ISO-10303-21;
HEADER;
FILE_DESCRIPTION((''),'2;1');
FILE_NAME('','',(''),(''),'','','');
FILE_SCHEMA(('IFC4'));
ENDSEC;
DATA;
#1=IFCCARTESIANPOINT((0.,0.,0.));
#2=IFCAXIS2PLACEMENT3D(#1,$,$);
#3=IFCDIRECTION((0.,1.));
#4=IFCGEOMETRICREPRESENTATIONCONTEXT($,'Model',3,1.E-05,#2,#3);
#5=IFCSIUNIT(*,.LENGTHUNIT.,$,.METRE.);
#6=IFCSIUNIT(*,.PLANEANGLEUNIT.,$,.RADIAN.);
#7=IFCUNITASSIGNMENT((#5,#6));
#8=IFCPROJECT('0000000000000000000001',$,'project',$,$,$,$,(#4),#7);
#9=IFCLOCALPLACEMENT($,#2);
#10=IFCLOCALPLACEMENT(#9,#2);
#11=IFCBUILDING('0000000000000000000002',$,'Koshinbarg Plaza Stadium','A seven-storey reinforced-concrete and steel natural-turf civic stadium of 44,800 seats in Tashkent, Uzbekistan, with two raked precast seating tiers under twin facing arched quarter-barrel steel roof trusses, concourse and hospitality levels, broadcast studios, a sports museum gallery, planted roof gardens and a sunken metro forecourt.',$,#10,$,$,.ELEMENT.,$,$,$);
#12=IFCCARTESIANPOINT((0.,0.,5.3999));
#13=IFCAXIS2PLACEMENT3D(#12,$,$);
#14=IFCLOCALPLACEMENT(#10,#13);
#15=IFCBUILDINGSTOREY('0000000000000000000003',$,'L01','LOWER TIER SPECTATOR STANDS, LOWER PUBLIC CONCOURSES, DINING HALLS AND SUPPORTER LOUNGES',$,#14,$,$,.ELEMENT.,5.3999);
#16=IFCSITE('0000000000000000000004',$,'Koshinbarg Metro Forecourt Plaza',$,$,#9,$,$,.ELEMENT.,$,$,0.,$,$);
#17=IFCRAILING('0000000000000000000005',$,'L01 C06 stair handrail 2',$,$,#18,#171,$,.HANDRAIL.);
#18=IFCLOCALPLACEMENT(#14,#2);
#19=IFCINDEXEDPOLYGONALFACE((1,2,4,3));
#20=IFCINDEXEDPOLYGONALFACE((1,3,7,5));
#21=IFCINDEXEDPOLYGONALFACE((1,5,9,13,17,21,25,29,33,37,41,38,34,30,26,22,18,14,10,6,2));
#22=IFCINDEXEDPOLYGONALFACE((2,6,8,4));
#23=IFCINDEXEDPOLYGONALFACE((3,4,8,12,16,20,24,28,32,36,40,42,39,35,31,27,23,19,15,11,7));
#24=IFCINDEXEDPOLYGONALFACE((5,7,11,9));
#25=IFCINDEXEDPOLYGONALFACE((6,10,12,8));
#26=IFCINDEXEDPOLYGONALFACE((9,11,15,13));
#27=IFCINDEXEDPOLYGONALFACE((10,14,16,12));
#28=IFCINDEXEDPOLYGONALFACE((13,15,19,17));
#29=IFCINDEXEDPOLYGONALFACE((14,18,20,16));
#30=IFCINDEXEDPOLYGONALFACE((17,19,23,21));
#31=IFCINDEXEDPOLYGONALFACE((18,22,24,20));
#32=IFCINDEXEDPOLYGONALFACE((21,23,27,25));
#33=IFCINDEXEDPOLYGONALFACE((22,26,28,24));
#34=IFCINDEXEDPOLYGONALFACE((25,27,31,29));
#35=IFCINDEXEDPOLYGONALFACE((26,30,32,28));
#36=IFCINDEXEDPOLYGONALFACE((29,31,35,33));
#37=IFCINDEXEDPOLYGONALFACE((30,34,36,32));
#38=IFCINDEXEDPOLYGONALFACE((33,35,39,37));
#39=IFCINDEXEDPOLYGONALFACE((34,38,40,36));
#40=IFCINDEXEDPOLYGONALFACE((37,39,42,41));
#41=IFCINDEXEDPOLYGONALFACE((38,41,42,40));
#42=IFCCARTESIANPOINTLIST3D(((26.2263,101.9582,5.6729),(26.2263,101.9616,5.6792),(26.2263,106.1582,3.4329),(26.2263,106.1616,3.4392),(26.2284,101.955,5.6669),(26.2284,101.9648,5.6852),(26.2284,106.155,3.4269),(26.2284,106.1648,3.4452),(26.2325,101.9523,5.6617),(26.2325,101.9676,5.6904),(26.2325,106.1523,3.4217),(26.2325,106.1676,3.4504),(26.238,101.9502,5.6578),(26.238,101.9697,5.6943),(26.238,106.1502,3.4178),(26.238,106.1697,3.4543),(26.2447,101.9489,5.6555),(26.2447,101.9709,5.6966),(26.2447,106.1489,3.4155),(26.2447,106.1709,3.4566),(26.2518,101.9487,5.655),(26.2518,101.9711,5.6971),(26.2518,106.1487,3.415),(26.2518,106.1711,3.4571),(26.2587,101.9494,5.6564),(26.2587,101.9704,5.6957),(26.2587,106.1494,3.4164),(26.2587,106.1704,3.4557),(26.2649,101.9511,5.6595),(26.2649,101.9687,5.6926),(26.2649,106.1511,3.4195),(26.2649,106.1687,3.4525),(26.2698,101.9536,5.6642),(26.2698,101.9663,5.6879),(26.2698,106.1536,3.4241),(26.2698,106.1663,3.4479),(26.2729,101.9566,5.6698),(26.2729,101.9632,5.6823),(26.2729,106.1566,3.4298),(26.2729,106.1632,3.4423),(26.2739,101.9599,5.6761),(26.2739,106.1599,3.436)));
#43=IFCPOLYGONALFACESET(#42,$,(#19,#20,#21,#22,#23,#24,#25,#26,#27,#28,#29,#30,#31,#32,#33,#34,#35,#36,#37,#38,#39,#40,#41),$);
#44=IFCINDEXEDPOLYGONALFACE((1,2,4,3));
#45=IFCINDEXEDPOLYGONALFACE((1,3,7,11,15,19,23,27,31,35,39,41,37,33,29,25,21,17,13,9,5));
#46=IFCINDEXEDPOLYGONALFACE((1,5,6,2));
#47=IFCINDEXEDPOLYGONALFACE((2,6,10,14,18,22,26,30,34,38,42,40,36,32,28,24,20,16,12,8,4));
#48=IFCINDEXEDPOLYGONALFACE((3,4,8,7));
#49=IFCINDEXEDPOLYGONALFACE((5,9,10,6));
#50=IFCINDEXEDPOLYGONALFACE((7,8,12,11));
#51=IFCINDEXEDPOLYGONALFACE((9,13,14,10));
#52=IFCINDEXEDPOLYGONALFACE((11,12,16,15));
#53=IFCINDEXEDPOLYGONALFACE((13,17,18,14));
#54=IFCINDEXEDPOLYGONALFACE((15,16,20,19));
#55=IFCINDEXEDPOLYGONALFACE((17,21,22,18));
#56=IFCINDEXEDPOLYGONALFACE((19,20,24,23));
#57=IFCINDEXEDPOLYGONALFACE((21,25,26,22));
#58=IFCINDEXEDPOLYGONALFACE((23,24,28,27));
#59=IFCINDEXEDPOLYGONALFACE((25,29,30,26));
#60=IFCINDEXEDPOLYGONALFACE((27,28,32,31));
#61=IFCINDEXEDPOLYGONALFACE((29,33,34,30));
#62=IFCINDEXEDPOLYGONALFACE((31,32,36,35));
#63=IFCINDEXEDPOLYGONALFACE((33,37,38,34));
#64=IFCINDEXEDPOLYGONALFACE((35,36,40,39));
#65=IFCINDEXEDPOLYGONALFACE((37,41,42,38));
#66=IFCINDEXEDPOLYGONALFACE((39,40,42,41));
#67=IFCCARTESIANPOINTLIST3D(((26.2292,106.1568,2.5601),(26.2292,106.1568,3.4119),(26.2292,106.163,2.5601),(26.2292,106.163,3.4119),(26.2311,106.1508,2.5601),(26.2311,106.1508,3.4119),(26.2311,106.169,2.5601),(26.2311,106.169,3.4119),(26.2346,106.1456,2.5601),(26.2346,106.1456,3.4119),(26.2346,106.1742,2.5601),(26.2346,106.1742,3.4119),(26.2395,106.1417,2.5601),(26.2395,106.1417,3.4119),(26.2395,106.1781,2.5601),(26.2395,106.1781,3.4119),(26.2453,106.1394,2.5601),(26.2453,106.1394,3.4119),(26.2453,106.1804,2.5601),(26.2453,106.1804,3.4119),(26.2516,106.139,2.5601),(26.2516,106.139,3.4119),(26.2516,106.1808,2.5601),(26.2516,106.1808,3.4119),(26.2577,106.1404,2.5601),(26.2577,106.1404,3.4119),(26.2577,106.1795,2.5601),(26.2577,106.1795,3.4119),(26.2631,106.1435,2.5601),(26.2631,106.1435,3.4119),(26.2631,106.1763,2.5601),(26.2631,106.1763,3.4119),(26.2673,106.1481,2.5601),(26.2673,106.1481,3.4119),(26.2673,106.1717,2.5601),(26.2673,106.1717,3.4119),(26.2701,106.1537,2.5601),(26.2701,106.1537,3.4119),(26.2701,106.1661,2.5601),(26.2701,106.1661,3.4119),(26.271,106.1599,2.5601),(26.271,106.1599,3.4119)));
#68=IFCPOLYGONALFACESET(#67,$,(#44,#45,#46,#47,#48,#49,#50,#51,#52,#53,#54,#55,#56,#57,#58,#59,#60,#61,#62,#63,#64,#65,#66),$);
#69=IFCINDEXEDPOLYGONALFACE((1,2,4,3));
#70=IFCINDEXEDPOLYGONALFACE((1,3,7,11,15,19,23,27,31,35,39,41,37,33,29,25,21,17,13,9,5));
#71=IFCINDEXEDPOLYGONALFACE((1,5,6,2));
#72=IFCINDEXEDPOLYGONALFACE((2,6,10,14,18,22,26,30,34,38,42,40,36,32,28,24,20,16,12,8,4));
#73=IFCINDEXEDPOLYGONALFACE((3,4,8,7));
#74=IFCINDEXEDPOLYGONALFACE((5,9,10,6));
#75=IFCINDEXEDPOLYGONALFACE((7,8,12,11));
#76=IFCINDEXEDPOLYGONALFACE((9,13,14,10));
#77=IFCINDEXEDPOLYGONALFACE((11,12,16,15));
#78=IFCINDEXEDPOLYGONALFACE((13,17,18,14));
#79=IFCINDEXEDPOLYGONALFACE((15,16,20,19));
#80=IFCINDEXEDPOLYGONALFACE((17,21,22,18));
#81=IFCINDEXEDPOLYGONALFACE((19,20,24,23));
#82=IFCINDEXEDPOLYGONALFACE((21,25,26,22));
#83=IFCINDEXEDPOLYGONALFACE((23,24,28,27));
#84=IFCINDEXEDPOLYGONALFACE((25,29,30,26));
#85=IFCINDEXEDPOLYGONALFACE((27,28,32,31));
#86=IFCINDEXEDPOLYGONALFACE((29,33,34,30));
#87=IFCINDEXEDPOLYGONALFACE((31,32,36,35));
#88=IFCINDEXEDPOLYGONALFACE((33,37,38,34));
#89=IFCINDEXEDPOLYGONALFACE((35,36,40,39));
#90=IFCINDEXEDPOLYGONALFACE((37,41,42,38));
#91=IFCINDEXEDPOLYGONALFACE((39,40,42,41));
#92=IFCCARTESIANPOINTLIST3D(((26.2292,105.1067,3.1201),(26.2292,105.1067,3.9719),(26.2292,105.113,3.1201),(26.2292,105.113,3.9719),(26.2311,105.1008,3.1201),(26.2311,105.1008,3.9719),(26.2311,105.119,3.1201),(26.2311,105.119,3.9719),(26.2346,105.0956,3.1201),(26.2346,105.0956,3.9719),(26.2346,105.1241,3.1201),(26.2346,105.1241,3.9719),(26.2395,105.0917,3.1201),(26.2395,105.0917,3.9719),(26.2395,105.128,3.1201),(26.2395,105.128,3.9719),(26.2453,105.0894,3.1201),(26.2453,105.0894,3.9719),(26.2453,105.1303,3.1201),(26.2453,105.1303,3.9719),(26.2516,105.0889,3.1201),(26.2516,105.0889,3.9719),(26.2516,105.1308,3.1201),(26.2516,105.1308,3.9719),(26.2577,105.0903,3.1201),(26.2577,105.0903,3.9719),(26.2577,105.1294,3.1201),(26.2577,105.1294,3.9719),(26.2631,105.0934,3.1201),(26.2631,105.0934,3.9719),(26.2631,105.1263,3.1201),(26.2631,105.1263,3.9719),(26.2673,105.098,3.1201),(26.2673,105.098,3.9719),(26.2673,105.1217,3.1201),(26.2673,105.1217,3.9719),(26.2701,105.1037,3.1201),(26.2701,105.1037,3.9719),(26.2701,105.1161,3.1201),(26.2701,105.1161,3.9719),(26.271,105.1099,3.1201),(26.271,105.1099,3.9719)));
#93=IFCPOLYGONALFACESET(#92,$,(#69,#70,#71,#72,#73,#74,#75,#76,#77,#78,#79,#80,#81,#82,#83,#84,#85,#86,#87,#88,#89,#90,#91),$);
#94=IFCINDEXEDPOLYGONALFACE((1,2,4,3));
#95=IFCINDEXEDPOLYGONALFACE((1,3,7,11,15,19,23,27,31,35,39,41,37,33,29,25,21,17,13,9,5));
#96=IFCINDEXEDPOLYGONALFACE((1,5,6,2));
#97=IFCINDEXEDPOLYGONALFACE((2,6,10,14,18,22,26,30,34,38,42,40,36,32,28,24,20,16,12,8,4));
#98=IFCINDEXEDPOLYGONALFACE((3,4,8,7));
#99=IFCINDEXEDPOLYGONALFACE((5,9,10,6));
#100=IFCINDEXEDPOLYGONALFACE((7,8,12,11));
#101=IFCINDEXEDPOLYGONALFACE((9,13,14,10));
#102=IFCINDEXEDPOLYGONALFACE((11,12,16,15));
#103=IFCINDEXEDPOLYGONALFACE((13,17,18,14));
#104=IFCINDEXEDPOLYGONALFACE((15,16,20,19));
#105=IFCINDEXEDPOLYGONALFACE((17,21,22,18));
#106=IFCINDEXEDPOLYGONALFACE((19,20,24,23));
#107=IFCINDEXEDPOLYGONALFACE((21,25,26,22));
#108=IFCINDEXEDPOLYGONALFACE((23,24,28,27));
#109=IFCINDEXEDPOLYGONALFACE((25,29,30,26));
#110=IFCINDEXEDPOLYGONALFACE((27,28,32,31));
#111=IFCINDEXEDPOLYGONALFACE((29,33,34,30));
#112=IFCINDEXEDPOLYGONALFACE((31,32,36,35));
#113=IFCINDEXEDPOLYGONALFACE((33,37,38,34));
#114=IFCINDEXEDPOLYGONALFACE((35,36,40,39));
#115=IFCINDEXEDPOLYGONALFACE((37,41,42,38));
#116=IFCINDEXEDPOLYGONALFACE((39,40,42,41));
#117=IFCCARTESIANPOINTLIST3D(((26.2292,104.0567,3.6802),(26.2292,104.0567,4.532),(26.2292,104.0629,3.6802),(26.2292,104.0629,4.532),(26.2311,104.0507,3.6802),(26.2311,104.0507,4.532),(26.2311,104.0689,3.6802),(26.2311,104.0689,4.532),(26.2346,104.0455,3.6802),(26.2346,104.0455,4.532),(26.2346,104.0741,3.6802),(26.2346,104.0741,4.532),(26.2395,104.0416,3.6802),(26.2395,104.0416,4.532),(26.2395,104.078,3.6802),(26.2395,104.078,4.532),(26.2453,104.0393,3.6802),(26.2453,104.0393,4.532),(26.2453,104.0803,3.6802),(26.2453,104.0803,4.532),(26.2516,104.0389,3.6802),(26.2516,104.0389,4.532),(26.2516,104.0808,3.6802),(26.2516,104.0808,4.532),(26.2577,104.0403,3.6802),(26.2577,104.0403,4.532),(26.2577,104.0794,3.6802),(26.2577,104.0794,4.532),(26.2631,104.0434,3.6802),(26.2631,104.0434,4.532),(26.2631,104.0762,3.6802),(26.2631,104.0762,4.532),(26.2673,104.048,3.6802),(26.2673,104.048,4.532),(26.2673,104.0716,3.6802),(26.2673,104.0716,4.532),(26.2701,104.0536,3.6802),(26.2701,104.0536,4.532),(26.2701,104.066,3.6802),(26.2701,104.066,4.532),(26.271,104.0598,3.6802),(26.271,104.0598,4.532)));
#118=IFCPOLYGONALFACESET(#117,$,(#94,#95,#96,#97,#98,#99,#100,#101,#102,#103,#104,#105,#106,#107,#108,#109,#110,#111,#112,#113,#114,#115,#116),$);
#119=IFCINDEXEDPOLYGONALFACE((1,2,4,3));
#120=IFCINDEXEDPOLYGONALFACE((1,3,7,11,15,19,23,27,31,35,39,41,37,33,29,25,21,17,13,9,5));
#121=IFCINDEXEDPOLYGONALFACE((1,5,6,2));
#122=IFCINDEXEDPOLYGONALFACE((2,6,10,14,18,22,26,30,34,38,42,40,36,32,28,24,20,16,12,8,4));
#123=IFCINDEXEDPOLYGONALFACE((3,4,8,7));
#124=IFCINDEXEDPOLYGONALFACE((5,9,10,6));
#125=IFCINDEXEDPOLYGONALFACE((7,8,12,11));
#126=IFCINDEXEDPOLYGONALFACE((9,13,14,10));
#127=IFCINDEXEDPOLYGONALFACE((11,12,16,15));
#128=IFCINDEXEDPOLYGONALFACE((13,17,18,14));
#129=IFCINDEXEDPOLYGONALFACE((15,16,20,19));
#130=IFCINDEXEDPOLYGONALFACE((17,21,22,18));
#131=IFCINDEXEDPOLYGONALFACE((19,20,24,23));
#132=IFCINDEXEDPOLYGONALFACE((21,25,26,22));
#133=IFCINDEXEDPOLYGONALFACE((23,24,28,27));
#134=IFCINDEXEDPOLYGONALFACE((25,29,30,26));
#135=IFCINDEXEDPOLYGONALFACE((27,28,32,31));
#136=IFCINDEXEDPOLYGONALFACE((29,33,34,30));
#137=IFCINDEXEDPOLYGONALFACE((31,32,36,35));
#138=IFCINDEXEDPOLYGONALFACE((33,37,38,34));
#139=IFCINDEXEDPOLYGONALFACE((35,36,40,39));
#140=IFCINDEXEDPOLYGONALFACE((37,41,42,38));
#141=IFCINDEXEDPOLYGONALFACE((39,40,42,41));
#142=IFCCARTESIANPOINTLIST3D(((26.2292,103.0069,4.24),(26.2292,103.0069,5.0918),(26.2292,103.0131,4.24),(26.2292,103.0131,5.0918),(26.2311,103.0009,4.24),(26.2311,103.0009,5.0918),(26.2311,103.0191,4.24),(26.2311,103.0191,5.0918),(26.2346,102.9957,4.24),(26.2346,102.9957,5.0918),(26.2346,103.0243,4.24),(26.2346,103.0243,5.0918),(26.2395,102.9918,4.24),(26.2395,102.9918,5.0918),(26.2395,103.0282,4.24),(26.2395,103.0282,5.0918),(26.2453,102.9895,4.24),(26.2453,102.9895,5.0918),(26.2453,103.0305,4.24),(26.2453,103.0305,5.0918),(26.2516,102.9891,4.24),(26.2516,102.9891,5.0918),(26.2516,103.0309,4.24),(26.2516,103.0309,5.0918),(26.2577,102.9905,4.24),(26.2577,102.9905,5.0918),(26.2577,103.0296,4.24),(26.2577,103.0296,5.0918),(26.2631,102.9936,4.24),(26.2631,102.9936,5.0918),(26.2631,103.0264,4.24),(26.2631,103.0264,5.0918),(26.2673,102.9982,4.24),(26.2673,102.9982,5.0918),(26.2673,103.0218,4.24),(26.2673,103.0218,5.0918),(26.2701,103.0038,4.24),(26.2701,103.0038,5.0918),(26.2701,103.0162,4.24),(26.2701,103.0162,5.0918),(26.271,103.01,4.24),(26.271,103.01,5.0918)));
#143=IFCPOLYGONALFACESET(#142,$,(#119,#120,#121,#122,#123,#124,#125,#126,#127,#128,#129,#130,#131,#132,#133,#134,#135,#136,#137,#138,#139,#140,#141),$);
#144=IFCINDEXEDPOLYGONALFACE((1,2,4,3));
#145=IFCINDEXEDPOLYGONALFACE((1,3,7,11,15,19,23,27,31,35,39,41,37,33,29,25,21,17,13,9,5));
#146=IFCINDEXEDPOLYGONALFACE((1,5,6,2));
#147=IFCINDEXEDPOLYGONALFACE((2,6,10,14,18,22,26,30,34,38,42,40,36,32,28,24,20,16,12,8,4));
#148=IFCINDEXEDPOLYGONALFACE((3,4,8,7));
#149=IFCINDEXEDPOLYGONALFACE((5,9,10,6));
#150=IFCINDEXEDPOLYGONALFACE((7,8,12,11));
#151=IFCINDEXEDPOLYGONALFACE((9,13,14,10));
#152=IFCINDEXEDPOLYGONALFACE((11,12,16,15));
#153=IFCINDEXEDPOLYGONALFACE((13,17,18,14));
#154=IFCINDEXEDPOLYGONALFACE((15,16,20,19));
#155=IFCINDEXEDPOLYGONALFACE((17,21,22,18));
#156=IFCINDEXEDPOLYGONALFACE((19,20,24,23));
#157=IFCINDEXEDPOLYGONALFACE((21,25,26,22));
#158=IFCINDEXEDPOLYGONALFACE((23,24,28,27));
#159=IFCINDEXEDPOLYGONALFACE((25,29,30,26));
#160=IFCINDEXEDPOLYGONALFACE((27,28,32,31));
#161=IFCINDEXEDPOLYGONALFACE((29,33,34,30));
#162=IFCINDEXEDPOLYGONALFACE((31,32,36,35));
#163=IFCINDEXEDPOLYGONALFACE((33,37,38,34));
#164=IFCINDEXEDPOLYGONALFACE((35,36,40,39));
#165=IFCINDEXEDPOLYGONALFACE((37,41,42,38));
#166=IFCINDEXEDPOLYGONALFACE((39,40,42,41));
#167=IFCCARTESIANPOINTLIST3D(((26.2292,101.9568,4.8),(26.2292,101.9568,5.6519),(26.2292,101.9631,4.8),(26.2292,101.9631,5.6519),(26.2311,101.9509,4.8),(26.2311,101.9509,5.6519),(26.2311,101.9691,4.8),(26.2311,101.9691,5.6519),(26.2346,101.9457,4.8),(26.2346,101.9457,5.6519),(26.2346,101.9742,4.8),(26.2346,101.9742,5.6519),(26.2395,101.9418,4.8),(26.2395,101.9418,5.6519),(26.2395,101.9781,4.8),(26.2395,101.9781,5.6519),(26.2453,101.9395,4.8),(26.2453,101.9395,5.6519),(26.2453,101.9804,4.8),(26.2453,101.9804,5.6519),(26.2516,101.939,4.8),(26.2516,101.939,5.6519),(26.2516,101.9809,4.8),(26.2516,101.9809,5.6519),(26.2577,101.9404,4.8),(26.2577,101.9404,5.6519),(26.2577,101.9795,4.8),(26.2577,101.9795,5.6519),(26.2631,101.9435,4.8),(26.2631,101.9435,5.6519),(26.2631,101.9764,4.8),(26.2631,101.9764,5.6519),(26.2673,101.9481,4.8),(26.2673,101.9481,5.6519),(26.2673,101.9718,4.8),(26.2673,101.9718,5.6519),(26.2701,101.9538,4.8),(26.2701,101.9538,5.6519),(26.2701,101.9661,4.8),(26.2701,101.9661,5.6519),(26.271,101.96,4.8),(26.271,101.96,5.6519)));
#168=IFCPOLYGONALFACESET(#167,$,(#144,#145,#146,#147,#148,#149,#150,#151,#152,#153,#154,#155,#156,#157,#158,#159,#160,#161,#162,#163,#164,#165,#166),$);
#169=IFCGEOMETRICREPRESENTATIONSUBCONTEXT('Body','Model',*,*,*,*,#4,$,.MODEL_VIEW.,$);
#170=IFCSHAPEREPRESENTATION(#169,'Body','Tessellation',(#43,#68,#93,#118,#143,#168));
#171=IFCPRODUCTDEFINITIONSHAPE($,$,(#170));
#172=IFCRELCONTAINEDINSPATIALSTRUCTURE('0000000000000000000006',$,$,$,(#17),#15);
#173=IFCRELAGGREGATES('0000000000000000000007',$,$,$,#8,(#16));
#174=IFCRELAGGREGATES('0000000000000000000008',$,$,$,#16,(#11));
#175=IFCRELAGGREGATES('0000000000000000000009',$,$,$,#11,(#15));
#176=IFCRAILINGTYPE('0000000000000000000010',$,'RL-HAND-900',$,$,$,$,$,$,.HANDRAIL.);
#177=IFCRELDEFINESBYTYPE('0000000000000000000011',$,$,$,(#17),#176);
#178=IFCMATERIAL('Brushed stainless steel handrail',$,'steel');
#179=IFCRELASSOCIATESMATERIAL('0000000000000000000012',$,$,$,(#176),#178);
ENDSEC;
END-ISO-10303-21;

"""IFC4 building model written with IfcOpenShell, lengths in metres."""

from ifc_helpers import new_model, si_unit, direction, frame, origin, origin_2d, place, context, subcontext, project, spatial, circle, extrude, material, type_object, element, save


model = new_model("IFC4")

# Units and contexts
model_context = context("Model", 3, precision=1e-05, world=origin(), true_north=direction((0.0, 1.0)))
body_context = subcontext(model_context, "Body", "Model", "MODEL_VIEW")
ifc_project = project(units=[si_unit("LENGTHUNIT", "METRE"), si_unit("PLANEANGLEUNIT", "RADIAN")], contexts=[model_context])

# Site, building, storey
site_placement = place(None, origin())
site = spatial("IfcSite", under=ifc_project, at=site_placement, Name="Koshinbarg Metro Forecourt Plaza", CompositionType="ELEMENT", RefElevation=0.0)
building_placement = place(site_placement, origin())
building = spatial("IfcBuilding", under=site, at=building_placement, Name="Koshinbarg Plaza Stadium", Description="A seven-storey reinforced-concrete and steel natural-turf civic stadium of 44,800 seats in Tashkent, Uzbekistan, with two raked precast seating tiers under twin facing arched quarter-barrel steel roof trusses, concourse and hospitality levels, broadcast studios, a sports museum gallery, planted roof gardens and a sunken metro forecourt.", CompositionType="ELEMENT")
storey_placement = place(building_placement, frame((0.0, 0.0, 5.3999)))
storey = spatial("IfcBuildingStorey", under=building, at=storey_placement, Name="L01", Description="LOWER TIER SPECTATOR STANDS, LOWER PUBLIC CONCOURSES, DINING HALLS AND SUPPORTER LOUNGES", CompositionType="ELEMENT", Elevation=5.3999)

# Railing
ifc_material_1 = material(Name="Brushed stainless steel handrail", Category="steel")
railing_type_1 = type_object("IfcRailingType", Name="RL-HAND-900", PredefinedType="HANDRAIL", material=ifc_material_1)
railing_1_placement = place(storey_placement, frame((26.25, 106.1599, 2.5601)))
element("IfcRailing", 1, at=railing_1_placement, inside=storey, type_object=railing_type_1, Name="L01 C06 stair handrail 2", PredefinedType="HANDRAIL", context=body_context, shape_type="SweptSolid", body=[
    extrude(circle(Radius=0.0239, at=origin_2d()), frame((0.0, 0.0, 0.876), z_axis=(0.0, -0.882352, 0.470591), x_axis=(1.0, 0.0, 0.0)), (0.0, 0.0, 1.0), 4.76),
    extrude(circle(Radius=0.021, at=origin_2d()), origin(), (0.0, 0.0, 1.0), 0.8518),
    extrude(circle(Radius=0.021, at=origin_2d()), frame((0.0, -1.05, 0.5601)), (0.0, 0.0, 1.0), 0.8518),
    extrude(circle(Radius=0.021, at=origin_2d()), frame((0.0, -2.1001, 1.1201)), (0.0, 0.0, 1.0), 0.8518),
    extrude(circle(Radius=0.021, at=origin_2d()), frame((0.0, -3.1499, 1.6799)), (0.0, 0.0, 1.0), 0.8518),
    extrude(circle(Radius=0.021, at=origin_2d()), frame((0.0, -4.2, 2.24)), (0.0, 0.0, 1.0), 0.8518),
])

save(model, "model.ifc")
